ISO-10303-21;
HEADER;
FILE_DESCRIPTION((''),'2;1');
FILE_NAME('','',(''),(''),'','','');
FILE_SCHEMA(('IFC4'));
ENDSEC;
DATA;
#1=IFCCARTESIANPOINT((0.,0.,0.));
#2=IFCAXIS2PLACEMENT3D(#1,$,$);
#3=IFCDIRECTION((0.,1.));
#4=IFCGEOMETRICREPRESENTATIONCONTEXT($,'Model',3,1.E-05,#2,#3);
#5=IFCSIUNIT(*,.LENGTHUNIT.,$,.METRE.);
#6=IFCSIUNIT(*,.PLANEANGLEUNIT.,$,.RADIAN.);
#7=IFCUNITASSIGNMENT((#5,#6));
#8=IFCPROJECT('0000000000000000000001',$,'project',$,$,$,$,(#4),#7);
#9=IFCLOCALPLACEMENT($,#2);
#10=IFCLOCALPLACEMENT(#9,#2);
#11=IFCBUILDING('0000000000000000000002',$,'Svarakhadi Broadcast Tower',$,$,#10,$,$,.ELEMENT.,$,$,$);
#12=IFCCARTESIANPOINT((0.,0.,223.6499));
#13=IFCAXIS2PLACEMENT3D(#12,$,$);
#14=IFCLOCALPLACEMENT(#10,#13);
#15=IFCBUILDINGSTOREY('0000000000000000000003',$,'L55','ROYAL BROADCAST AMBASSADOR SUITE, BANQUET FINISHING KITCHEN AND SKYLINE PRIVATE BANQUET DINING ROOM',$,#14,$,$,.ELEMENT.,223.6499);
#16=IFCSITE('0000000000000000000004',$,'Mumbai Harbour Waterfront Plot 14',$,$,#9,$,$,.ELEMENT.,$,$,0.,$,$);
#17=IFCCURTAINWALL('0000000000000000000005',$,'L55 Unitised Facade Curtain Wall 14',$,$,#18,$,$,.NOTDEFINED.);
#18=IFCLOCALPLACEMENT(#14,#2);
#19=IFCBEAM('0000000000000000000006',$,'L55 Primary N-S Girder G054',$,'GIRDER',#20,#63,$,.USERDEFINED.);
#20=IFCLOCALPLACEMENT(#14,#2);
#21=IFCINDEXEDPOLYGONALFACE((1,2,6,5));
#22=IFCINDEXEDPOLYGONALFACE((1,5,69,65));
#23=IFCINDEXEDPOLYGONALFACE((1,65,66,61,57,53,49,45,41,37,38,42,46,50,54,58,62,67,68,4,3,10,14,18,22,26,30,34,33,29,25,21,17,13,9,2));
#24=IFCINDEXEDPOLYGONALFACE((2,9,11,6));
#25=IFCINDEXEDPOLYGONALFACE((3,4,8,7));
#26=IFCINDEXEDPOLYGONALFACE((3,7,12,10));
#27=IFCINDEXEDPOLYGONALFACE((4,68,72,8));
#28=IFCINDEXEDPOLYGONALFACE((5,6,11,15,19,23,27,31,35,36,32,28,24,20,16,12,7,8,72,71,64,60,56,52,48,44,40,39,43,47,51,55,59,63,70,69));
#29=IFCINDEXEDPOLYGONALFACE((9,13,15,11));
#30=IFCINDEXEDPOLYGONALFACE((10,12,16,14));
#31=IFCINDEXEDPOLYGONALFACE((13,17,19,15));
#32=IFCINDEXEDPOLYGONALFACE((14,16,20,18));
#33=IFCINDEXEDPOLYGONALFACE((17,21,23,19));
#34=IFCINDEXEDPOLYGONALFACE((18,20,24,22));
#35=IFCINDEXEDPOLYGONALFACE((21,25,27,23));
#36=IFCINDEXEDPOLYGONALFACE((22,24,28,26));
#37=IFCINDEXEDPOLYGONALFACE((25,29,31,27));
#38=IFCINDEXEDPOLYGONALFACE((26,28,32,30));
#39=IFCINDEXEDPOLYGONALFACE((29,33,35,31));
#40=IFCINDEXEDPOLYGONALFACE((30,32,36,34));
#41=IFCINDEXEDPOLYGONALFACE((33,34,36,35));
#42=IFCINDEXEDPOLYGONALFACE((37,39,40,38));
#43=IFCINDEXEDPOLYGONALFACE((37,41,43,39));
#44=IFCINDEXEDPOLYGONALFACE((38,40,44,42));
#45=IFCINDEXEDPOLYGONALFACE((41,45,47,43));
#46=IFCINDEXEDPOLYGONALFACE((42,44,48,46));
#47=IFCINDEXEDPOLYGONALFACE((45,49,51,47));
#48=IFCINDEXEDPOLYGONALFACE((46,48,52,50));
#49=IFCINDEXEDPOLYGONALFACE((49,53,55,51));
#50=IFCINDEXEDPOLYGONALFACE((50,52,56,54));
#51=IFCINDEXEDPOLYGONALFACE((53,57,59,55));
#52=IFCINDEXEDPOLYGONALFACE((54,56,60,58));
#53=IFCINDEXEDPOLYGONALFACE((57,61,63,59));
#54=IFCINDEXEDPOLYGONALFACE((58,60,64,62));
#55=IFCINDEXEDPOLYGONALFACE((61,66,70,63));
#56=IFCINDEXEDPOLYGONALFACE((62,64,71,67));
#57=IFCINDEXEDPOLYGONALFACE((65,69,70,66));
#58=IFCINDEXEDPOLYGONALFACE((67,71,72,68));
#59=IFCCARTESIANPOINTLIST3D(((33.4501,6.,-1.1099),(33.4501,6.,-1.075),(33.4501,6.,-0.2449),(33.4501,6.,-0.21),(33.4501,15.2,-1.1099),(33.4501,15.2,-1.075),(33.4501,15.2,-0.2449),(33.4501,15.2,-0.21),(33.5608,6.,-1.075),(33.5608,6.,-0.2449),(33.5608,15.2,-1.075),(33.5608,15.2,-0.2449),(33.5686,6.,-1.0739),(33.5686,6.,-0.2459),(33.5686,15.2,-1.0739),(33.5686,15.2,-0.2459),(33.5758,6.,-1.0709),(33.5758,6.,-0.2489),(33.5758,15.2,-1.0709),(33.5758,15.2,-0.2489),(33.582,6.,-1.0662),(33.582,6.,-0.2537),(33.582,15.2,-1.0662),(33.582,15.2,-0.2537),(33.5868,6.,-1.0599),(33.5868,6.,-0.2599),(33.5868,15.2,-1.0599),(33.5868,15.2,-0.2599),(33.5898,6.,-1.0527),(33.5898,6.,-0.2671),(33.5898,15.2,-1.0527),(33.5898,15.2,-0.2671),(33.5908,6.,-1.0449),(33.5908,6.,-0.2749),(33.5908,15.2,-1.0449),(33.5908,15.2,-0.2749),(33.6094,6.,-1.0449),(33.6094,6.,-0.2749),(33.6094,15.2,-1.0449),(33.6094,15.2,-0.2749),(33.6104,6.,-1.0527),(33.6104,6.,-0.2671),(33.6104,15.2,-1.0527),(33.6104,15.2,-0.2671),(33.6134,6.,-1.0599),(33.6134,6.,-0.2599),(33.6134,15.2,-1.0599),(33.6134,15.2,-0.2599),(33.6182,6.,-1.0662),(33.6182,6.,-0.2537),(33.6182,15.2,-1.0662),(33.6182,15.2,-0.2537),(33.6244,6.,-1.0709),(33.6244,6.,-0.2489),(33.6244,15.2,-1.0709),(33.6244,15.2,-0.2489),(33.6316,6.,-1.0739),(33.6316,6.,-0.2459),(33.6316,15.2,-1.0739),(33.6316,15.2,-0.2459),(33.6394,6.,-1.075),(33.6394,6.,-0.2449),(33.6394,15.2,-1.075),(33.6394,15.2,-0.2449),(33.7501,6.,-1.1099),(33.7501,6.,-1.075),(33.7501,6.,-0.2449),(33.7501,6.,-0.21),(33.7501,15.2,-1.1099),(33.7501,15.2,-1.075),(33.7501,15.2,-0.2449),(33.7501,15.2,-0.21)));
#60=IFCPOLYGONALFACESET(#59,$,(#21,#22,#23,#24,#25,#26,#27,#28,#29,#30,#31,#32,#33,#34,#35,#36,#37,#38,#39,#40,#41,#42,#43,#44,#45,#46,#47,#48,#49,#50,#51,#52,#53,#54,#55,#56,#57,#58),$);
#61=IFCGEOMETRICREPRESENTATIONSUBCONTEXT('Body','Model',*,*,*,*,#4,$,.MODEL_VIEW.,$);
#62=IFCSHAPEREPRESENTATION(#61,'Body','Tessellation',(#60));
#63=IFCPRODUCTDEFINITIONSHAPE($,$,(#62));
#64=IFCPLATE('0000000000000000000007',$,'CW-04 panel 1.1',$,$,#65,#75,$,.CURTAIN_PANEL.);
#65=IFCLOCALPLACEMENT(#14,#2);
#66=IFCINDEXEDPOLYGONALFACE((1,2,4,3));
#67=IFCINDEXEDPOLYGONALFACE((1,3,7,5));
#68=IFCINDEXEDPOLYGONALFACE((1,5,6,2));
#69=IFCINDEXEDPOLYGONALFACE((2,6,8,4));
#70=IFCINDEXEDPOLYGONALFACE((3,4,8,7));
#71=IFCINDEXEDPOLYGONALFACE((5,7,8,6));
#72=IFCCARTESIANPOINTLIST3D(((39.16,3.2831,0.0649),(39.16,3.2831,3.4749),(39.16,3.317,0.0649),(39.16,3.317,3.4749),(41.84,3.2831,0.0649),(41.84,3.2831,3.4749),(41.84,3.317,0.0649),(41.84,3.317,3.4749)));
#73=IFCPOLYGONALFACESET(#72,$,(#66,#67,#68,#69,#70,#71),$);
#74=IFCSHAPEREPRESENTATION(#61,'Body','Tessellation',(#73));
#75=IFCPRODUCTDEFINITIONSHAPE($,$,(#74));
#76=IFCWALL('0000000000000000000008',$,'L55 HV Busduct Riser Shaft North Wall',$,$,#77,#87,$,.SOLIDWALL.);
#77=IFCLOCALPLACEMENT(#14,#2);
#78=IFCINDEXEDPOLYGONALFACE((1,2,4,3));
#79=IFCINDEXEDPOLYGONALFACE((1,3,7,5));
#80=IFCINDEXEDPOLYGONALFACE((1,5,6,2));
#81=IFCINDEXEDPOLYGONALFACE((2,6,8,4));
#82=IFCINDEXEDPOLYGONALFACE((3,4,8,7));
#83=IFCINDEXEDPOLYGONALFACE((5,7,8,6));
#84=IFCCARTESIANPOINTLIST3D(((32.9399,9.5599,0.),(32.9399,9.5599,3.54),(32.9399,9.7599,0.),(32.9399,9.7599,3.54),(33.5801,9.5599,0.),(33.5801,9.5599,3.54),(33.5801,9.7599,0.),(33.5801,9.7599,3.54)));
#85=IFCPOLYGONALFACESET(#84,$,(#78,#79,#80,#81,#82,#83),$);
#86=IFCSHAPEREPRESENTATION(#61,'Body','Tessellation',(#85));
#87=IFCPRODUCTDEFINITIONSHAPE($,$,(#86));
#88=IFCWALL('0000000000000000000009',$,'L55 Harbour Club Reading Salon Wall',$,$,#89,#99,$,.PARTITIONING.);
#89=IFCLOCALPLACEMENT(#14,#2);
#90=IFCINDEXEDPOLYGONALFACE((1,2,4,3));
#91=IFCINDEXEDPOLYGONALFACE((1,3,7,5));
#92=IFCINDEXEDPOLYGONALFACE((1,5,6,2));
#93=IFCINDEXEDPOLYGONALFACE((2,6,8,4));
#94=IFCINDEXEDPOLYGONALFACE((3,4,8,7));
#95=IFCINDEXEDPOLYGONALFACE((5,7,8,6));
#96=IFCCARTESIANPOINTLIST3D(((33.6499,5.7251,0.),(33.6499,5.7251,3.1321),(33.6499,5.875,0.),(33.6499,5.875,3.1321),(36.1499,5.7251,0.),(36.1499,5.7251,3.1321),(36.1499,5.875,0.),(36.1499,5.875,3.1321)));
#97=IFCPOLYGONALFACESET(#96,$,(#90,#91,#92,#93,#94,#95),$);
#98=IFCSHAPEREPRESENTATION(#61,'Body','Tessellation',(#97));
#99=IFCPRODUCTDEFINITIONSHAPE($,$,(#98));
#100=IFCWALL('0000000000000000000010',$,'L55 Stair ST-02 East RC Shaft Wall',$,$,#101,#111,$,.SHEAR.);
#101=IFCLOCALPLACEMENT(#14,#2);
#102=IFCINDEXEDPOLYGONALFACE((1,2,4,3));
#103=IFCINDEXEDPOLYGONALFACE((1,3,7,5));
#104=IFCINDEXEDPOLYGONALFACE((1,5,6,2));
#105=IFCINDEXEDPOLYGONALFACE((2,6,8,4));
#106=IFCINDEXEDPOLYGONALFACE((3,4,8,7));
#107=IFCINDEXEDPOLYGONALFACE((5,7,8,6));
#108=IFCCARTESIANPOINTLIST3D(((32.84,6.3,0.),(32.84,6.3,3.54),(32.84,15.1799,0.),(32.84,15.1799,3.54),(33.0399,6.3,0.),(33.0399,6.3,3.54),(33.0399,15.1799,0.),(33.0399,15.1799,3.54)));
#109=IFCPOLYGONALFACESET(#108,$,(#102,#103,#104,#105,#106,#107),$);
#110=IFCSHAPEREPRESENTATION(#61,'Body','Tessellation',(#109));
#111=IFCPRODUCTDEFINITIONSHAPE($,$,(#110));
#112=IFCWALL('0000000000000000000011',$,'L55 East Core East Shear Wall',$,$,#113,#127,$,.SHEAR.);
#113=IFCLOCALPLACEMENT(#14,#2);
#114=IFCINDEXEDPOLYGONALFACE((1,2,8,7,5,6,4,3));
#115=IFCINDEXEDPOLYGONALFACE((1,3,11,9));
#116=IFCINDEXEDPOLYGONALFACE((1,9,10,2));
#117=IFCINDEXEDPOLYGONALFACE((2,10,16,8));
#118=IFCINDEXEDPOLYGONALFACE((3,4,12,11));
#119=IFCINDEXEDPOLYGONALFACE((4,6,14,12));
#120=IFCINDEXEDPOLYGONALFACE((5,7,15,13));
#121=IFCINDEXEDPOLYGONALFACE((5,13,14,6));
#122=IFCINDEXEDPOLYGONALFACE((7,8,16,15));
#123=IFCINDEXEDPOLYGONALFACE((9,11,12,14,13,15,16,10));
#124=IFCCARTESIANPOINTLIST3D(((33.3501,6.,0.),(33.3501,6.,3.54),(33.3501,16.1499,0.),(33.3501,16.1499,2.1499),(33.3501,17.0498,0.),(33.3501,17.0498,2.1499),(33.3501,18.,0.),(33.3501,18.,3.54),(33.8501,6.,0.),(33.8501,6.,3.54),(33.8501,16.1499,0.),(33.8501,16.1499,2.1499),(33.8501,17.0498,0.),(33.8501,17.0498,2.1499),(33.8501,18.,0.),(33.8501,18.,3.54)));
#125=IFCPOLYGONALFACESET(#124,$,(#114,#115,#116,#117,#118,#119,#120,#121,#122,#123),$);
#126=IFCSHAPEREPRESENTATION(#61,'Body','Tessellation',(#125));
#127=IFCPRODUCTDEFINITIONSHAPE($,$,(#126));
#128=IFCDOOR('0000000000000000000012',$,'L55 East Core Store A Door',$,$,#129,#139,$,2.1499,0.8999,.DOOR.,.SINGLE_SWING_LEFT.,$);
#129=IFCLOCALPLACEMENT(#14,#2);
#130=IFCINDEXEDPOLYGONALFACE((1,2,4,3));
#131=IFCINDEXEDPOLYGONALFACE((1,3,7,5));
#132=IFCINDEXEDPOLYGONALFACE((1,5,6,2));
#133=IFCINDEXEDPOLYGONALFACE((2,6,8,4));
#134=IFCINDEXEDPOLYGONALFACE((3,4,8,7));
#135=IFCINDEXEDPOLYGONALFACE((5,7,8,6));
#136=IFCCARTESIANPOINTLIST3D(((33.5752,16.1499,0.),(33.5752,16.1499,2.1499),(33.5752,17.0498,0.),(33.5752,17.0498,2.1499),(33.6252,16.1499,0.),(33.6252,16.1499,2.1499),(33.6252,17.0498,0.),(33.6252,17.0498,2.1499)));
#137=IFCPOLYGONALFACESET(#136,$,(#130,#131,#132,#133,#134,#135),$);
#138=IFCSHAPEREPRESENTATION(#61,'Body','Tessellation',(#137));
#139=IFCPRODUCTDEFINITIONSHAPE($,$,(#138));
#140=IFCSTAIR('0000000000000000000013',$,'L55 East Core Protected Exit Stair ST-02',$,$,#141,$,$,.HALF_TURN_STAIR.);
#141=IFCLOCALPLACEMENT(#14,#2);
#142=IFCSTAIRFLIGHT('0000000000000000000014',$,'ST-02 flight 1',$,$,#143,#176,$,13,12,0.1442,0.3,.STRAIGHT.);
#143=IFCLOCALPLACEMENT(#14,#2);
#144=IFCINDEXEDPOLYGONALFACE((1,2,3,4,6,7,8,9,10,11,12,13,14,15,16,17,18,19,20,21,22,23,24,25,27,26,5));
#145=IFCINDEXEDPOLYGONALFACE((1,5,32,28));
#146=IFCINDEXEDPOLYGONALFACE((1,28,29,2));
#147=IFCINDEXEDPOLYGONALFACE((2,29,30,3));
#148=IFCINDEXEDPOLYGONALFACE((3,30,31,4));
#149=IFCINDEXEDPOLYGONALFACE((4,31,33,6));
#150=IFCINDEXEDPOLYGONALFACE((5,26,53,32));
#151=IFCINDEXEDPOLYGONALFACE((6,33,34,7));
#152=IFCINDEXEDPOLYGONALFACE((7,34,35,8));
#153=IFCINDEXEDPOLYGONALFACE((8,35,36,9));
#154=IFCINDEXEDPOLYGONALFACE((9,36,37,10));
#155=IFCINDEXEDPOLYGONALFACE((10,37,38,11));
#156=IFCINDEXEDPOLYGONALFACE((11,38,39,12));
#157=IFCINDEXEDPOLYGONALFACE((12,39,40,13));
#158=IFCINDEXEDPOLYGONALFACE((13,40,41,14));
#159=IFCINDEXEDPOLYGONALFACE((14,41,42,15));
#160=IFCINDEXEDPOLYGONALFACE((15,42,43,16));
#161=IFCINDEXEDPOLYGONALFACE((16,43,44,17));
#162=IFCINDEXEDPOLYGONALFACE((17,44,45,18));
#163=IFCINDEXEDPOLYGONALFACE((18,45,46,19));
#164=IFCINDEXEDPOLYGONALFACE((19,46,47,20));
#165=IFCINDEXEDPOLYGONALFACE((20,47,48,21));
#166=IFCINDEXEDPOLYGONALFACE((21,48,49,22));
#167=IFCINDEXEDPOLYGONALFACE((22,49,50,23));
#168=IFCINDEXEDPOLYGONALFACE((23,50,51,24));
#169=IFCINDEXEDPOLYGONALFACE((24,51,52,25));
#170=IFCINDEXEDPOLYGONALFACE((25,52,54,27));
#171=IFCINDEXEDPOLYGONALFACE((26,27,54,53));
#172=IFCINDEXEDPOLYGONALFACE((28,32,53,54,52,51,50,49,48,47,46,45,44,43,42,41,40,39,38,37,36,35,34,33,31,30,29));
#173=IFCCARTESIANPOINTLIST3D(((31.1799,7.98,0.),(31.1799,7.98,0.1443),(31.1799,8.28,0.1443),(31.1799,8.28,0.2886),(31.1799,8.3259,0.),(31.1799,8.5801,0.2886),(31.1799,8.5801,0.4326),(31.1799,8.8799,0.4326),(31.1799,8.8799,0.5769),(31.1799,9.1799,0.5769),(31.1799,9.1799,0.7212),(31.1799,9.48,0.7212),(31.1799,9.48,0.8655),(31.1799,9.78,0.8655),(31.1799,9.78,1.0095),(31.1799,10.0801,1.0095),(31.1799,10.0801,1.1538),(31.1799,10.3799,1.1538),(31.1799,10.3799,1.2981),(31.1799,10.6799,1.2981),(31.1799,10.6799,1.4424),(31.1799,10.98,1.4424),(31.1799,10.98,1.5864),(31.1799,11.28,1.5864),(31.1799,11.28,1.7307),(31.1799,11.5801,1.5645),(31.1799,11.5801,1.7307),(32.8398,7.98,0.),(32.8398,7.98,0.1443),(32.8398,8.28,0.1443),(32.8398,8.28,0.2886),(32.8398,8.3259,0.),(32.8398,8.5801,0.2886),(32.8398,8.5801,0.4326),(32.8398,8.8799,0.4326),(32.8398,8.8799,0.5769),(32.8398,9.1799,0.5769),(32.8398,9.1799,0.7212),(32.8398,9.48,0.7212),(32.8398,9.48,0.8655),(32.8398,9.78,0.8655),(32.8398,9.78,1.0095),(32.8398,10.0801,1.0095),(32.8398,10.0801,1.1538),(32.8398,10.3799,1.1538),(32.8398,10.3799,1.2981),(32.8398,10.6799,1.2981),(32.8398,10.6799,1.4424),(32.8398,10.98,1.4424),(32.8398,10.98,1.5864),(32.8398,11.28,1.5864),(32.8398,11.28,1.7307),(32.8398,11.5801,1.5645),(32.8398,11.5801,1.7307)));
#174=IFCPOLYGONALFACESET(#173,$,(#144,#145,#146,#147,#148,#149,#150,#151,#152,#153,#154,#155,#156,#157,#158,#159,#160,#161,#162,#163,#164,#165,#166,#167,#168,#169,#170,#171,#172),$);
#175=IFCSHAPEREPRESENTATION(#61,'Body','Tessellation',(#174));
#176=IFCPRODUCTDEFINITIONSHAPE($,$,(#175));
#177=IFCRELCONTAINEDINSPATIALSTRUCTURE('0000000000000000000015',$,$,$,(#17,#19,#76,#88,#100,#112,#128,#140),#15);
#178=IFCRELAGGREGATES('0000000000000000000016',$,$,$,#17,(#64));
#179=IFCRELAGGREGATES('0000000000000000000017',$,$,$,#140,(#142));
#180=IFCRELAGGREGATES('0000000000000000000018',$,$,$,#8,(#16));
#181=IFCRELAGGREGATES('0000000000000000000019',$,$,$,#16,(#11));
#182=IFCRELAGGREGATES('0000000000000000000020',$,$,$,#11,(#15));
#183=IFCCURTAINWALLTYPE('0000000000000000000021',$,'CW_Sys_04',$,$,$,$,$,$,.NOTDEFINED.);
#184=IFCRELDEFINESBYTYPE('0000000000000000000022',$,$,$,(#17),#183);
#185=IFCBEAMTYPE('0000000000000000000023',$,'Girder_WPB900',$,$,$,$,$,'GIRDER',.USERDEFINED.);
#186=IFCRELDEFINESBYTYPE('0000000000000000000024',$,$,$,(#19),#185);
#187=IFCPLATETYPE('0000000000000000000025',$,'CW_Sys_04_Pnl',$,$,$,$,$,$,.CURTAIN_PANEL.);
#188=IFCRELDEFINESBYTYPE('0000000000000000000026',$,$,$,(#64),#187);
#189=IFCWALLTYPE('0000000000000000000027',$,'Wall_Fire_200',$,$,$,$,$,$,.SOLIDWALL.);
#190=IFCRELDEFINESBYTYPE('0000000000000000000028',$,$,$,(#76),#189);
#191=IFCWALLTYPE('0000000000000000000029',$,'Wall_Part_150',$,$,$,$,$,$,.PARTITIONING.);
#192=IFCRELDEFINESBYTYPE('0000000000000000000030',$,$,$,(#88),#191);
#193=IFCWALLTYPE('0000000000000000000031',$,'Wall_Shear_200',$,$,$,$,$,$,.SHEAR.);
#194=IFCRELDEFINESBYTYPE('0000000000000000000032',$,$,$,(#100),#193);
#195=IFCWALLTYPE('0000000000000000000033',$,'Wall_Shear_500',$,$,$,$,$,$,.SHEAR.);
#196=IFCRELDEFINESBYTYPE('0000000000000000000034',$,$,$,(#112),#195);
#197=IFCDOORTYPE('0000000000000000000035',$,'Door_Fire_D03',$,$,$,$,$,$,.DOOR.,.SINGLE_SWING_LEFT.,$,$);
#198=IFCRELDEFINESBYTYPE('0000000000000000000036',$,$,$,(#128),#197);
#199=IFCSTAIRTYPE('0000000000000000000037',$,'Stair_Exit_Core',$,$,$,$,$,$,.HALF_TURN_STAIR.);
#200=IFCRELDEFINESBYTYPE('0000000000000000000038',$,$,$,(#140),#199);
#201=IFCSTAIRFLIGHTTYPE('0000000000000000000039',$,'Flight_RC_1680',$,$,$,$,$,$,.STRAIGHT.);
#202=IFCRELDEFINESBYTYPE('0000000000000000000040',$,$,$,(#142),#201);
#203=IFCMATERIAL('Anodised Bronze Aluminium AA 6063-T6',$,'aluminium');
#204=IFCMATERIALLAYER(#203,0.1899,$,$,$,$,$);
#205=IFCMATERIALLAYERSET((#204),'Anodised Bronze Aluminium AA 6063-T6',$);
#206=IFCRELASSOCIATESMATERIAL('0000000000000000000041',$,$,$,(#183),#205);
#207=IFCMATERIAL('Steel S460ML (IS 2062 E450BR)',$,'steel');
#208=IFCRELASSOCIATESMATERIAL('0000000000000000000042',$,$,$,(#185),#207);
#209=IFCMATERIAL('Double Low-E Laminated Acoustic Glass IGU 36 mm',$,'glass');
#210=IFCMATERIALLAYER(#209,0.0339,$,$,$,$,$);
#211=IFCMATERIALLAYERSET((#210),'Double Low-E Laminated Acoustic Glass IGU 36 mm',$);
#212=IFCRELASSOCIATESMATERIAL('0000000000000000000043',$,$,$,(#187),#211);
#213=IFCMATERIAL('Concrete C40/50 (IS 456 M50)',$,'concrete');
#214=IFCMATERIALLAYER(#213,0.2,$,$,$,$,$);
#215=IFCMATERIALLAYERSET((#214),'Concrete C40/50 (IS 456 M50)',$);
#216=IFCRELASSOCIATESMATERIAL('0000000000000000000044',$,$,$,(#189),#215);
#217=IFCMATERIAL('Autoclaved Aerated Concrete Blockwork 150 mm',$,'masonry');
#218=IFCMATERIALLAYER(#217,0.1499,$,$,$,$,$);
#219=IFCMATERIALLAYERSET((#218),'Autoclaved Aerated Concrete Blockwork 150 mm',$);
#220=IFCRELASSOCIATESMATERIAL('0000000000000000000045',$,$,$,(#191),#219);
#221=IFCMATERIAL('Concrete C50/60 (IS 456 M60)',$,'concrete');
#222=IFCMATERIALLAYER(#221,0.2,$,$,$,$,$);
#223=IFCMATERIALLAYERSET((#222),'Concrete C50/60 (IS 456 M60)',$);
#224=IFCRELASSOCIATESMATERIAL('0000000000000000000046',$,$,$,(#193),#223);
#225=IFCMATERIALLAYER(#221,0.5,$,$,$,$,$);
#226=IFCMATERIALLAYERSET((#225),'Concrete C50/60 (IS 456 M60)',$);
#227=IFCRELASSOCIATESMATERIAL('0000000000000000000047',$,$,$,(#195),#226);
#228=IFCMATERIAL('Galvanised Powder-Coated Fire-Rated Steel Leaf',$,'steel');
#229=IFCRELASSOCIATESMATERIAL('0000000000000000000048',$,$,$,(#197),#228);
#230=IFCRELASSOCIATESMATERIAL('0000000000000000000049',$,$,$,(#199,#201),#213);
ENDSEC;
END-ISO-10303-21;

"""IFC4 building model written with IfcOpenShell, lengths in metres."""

from ifc_helpers import new_model, si_unit, direction, frame, frame_2d, origin, origin_2d, place, context, subcontext, project, spatial, polyline, rectangle, i_section, outline, extrude, material, layer, layer_set, material_profile, profile_set, type_object, element, fill, aggregate, save


model = new_model("IFC4")

# Units and contexts
model_context = context("Model", 3, precision=1e-05, world=origin(), true_north=direction((0.0, 1.0)))
body_context = subcontext(model_context, "Body", "Model", "MODEL_VIEW")
ifc_project = project(units=[si_unit("LENGTHUNIT", "METRE"), si_unit("PLANEANGLEUNIT", "RADIAN")], contexts=[model_context])

# Site, building, storey
site_placement = place(None, origin())
site = spatial("IfcSite", under=ifc_project, at=site_placement, Name="Mumbai Harbour Waterfront Plot 14", CompositionType="ELEMENT", RefElevation=0.0)
building_placement = place(site_placement, origin())
building = spatial("IfcBuilding", under=site, at=building_placement, Name="Svarakhadi Broadcast Tower", CompositionType="ELEMENT")
storey_placement = place(building_placement, frame((0.0, 0.0, 223.6499)))
storey = spatial("IfcBuildingStorey", under=building, at=storey_placement, Name="L55", Description="ROYAL BROADCAST AMBASSADOR SUITE, BANQUET FINISHING KITCHEN AND SKYLINE PRIVATE BANQUET DINING ROOM", CompositionType="ELEMENT", Elevation=223.6499)

# Shared definitions
ifc_material_1 = material(Name="Concrete C50/60 (IS 456 M60)", Category="concrete")
ifc_material_2 = material(Name="Steel S460ML (IS 2062 E450BR)", Category="steel")

# Curtain wall
ifc_material_3 = material(Name="Anodised Bronze Aluminium AA 6063-T6", Category="aluminium")
ifc_layer_1 = layer(ifc_material_3, 0.1899)
ifc_layer_set_1 = layer_set([ifc_layer_1], Name="Anodised Bronze Aluminium AA 6063-T6")
curtain_wall_type = type_object("IfcCurtainWallType", Name="CW_Sys_04", PredefinedType="NOTDEFINED", material=ifc_layer_set_1)
curtain_wall_placement = place(storey_placement, origin())
curtain_wall = element("IfcCurtainWall", 1, at=curtain_wall_placement, inside=storey, type_object=curtain_wall_type, Name="L55 Unitised Facade Curtain Wall 14", PredefinedType="NOTDEFINED")

# Beam
ifc_material_profile_1 = material_profile(ifc_material_2, i_section(OverallWidth=0.3, OverallDepth=0.8999, WebThickness=0.0186, FlangeThickness=0.0349, FilletRadius=0.03, at=origin_2d()), Name="WPB 900x300x291")
ifc_profile_set_1 = profile_set([ifc_material_profile_1], Name="Steel S460ML (IS 2062 E450BR)")
beam_type_1 = type_object("IfcBeamType", Name="Girder_WPB900", ElementType="GIRDER", PredefinedType="USERDEFINED", material=ifc_profile_set_1)
beam_1_placement = place(storey_placement, frame((33.6001, 6.0, -0.6599), z_axis=(0.0, 1.0, 0.0), x_axis=(-1.0, 0.0, 0.0)))
element("IfcBeam", 2, at=beam_1_placement, inside=storey, type_object=beam_type_1, Name="L55 Primary N-S Girder G054", ObjectType="GIRDER", PredefinedType="USERDEFINED", context=body_context, shape_type="SweptSolid", body=[
    extrude(i_section(OverallWidth=0.3, OverallDepth=0.8999, WebThickness=0.0186, FlangeThickness=0.0349, FilletRadius=0.03, at=origin_2d()), origin(), (0.0, 0.0, 1.0), 9.2),
])

# Plate
ifc_material_4 = material(Name="Double Low-E Laminated Acoustic Glass IGU 36 mm", Category="glass")
ifc_layer_2 = layer(ifc_material_4, 0.0339)
ifc_layer_set_2 = layer_set([ifc_layer_2], Name="Double Low-E Laminated Acoustic Glass IGU 36 mm")
plate_type = type_object("IfcPlateType", Name="CW_Sys_04_Pnl", PredefinedType="CURTAIN_PANEL", material=ifc_layer_set_2)
plate_placement = place(storey_placement, frame((40.5, 3.3, 0.0649), z_axis=(0.0, 0.0, 1.0), x_axis=(-1.0, 0.0, 0.0)))
plate = element("IfcPlate", 3, at=plate_placement, type_object=plate_type, Name="CW-04 panel 1.1", PredefinedType="CURTAIN_PANEL", context=body_context, shape_type="SweptSolid", body=[
    extrude(rectangle(XDim=2.6799, YDim=0.0339, at=origin_2d()), origin(), (0.0, 0.0, 1.0), 3.4099),
])
aggregate(curtain_wall, [plate])

# Walls
ifc_material_5 = material(Name="Concrete C40/50 (IS 456 M50)", Category="concrete")
ifc_layer_3 = layer(ifc_material_5, 0.2)
ifc_layer_set_3 = layer_set([ifc_layer_3], Name="Concrete C40/50 (IS 456 M50)")
wall_type_1 = type_object("IfcWallType", Name="Wall_Fire_200", PredefinedType="SOLIDWALL", material=ifc_layer_set_3)
wall_1_placement = place(storey_placement, frame((32.9399, 9.6599, 0.0), z_axis=(0.0, 0.0, 1.0), x_axis=(1.0, 0.0, 0.0)))
element("IfcWall", 4, at=wall_1_placement, inside=storey, type_object=wall_type_1, Name="L55 HV Busduct Riser Shaft North Wall", PredefinedType="SOLIDWALL", context=body_context, shape_type="SweptSolid", body=[
    extrude(rectangle(XDim=0.6401, YDim=0.2, at=frame_2d((0.3201, 0.0))), origin(), (0.0, 0.0, 1.0), 3.54),
])
ifc_material_6 = material(Name="Autoclaved Aerated Concrete Blockwork 150 mm", Category="masonry")
ifc_layer_4 = layer(ifc_material_6, 0.1499)
ifc_layer_set_4 = layer_set([ifc_layer_4], Name="Autoclaved Aerated Concrete Blockwork 150 mm")
wall_type_2 = type_object("IfcWallType", Name="Wall_Part_150", PredefinedType="PARTITIONING", material=ifc_layer_set_4)
wall_2_placement = place(storey_placement, frame((33.6499, 5.8, 0.0), z_axis=(0.0, 0.0, 1.0), x_axis=(1.0, 0.0, 0.0)))
element("IfcWall", 5, at=wall_2_placement, inside=storey, type_object=wall_type_2, Name="L55 Harbour Club Reading Salon Wall", PredefinedType="PARTITIONING", context=body_context, shape_type="SweptSolid", body=[
    extrude(rectangle(XDim=2.5, YDim=0.1499, at=frame_2d((1.25, 0.0))), origin(), (0.0, 0.0, 1.0), 3.1321),
])
ifc_layer_5 = layer(ifc_material_1, 0.2)
ifc_layer_set_5 = layer_set([ifc_layer_5], Name="Concrete C50/60 (IS 456 M60)")
wall_type_3 = type_object("IfcWallType", Name="Wall_Shear_200", PredefinedType="SHEAR", material=ifc_layer_set_5)
wall_3_placement = place(storey_placement, frame((32.9399, 6.3, 0.0), z_axis=(0.0, 0.0, 1.0), x_axis=(0.0, 1.0, 0.0)))
element("IfcWall", 6, at=wall_3_placement, inside=storey, type_object=wall_type_3, Name="L55 Stair ST-02 East RC Shaft Wall", PredefinedType="SHEAR", context=body_context, shape_type="SweptSolid", body=[
    extrude(rectangle(XDim=8.8799, YDim=0.2, at=frame_2d((4.4399, 0.0))), origin(), (0.0, 0.0, 1.0), 3.54),
])

# Wall, opening, door
ifc_layer_6 = layer(ifc_material_1, 0.5)
ifc_layer_set_6 = layer_set([ifc_layer_6], Name="Concrete C50/60 (IS 456 M60)")
wall_type_4 = type_object("IfcWallType", Name="Wall_Shear_500", PredefinedType="SHEAR", material=ifc_layer_set_6)
wall_4_placement = place(storey_placement, frame((33.6001, 6.0, 0.0), z_axis=(0.0, 0.0, 1.0), x_axis=(0.0, 1.0, 0.0)))
wall_4 = element("IfcWall", 7, at=wall_4_placement, inside=storey, type_object=wall_type_4, Name="L55 East Core East Shear Wall", PredefinedType="SHEAR", context=body_context, shape_type="SweptSolid", body=[
    extrude(rectangle(XDim=12.0, YDim=0.5, at=frame_2d((6.0, 0.0))), origin(), (0.0, 0.0, 1.0), 3.54),
])
opening_placement = place(wall_4_placement, frame((10.1499, 0.0, 0.0)))
opening = element("IfcOpeningElement", 8, at=opening_placement, cuts=wall_4, PredefinedType="OPENING", context=body_context, shape_type="SweptSolid", body=[
    extrude(rectangle(XDim=0.8999, YDim=2.1499, at=frame_2d((0.45, 1.075))), frame((0.0, 0.26, 0.0), z_axis=(0.0, -1.0, 0.0), x_axis=(1.0, 0.0, 0.0)), (0.0, 0.0, 1.0), 0.52),
])
ifc_material_7 = material(Name="Galvanised Powder-Coated Fire-Rated Steel Leaf", Category="steel")
door_type = type_object("IfcDoorType", Name="Door_Fire_D03", OperationType="SINGLE_SWING_LEFT", PredefinedType="DOOR", material=ifc_material_7)
door_placement = place(opening_placement, origin())
door = element("IfcDoor", 9, at=door_placement, inside=storey, type_object=door_type, Name="L55 East Core Store A Door", OperationType="SINGLE_SWING_LEFT", OverallHeight=2.1499, OverallWidth=0.8999, PredefinedType="DOOR", context=body_context, shape_type="SweptSolid", body=[
    extrude(rectangle(XDim=0.8999, YDim=2.1499, at=frame_2d((0.45, 1.075))), frame((0.0, 0.0249, 0.0), z_axis=(0.0, -1.0, 0.0), x_axis=(1.0, 0.0, 0.0)), (0.0, 0.0, 1.0), 0.05),
])
fill(opening, door)

# Stair, stair flight
stair_type = type_object("IfcStairType", Name="Stair_Exit_Core", PredefinedType="HALF_TURN_STAIR", material=ifc_material_5)
stair_placement = place(storey_placement, origin())
stair = element("IfcStair", 10, at=stair_placement, inside=storey, type_object=stair_type, Name="L55 East Core Protected Exit Stair ST-02", PredefinedType="HALF_TURN_STAIR")
stair_flight_type = type_object("IfcStairFlightType", Name="Flight_RC_1680", PredefinedType="STRAIGHT", material=ifc_material_5)
stair_flight_1_placement = place(storey_placement, frame((32.01, 7.98, 0.0), z_axis=(0.0, 0.0, 1.0), x_axis=(0.0, 1.0, 0.0)))
stair_flight_1 = element("IfcStairFlight", 11, at=stair_flight_1_placement, type_object=stair_flight_type, Name="ST-02 flight 1", NumberOfRisers=13, NumberOfTreads=12, PredefinedType="STRAIGHT", RiserHeight=0.1442, TreadLength=0.3, context=body_context, shape_type="SweptSolid", body=[
    extrude(outline(polyline([(0.0, 0.0), (0.0, 0.1443), (0.3, 0.1443), (0.3, 0.2886), (0.6001, 0.2886), (0.6001, 0.4326), (0.8999, 0.4326), (0.8999, 0.5769), (1.2, 0.5769), (1.2, 0.7212), (1.5, 0.7212), (1.5, 0.8655), (1.8, 0.8655), (1.8, 1.0095), (2.1001, 1.0095), (2.1001, 1.1538), (2.3999, 1.1538), (2.3999, 1.2981), (2.7, 1.2981), (2.7, 1.4424), (3.0, 1.4424), (3.0, 1.5864), (3.3, 1.5864), (3.3, 1.7307), (3.6001, 1.7307), (3.6001, 1.875), (3.6001, 1.5645), (0.3459, 0.0), (0.0, 0.0)])), frame((0.0, 0.8301, 0.0), z_axis=(0.0, -1.0, 0.0), x_axis=(1.0, 0.0, 0.0)), (0.0, 0.0, 1.0), 1.6599),
])
aggregate(stair, [stair_flight_1])

save(model, "model.ifc")
